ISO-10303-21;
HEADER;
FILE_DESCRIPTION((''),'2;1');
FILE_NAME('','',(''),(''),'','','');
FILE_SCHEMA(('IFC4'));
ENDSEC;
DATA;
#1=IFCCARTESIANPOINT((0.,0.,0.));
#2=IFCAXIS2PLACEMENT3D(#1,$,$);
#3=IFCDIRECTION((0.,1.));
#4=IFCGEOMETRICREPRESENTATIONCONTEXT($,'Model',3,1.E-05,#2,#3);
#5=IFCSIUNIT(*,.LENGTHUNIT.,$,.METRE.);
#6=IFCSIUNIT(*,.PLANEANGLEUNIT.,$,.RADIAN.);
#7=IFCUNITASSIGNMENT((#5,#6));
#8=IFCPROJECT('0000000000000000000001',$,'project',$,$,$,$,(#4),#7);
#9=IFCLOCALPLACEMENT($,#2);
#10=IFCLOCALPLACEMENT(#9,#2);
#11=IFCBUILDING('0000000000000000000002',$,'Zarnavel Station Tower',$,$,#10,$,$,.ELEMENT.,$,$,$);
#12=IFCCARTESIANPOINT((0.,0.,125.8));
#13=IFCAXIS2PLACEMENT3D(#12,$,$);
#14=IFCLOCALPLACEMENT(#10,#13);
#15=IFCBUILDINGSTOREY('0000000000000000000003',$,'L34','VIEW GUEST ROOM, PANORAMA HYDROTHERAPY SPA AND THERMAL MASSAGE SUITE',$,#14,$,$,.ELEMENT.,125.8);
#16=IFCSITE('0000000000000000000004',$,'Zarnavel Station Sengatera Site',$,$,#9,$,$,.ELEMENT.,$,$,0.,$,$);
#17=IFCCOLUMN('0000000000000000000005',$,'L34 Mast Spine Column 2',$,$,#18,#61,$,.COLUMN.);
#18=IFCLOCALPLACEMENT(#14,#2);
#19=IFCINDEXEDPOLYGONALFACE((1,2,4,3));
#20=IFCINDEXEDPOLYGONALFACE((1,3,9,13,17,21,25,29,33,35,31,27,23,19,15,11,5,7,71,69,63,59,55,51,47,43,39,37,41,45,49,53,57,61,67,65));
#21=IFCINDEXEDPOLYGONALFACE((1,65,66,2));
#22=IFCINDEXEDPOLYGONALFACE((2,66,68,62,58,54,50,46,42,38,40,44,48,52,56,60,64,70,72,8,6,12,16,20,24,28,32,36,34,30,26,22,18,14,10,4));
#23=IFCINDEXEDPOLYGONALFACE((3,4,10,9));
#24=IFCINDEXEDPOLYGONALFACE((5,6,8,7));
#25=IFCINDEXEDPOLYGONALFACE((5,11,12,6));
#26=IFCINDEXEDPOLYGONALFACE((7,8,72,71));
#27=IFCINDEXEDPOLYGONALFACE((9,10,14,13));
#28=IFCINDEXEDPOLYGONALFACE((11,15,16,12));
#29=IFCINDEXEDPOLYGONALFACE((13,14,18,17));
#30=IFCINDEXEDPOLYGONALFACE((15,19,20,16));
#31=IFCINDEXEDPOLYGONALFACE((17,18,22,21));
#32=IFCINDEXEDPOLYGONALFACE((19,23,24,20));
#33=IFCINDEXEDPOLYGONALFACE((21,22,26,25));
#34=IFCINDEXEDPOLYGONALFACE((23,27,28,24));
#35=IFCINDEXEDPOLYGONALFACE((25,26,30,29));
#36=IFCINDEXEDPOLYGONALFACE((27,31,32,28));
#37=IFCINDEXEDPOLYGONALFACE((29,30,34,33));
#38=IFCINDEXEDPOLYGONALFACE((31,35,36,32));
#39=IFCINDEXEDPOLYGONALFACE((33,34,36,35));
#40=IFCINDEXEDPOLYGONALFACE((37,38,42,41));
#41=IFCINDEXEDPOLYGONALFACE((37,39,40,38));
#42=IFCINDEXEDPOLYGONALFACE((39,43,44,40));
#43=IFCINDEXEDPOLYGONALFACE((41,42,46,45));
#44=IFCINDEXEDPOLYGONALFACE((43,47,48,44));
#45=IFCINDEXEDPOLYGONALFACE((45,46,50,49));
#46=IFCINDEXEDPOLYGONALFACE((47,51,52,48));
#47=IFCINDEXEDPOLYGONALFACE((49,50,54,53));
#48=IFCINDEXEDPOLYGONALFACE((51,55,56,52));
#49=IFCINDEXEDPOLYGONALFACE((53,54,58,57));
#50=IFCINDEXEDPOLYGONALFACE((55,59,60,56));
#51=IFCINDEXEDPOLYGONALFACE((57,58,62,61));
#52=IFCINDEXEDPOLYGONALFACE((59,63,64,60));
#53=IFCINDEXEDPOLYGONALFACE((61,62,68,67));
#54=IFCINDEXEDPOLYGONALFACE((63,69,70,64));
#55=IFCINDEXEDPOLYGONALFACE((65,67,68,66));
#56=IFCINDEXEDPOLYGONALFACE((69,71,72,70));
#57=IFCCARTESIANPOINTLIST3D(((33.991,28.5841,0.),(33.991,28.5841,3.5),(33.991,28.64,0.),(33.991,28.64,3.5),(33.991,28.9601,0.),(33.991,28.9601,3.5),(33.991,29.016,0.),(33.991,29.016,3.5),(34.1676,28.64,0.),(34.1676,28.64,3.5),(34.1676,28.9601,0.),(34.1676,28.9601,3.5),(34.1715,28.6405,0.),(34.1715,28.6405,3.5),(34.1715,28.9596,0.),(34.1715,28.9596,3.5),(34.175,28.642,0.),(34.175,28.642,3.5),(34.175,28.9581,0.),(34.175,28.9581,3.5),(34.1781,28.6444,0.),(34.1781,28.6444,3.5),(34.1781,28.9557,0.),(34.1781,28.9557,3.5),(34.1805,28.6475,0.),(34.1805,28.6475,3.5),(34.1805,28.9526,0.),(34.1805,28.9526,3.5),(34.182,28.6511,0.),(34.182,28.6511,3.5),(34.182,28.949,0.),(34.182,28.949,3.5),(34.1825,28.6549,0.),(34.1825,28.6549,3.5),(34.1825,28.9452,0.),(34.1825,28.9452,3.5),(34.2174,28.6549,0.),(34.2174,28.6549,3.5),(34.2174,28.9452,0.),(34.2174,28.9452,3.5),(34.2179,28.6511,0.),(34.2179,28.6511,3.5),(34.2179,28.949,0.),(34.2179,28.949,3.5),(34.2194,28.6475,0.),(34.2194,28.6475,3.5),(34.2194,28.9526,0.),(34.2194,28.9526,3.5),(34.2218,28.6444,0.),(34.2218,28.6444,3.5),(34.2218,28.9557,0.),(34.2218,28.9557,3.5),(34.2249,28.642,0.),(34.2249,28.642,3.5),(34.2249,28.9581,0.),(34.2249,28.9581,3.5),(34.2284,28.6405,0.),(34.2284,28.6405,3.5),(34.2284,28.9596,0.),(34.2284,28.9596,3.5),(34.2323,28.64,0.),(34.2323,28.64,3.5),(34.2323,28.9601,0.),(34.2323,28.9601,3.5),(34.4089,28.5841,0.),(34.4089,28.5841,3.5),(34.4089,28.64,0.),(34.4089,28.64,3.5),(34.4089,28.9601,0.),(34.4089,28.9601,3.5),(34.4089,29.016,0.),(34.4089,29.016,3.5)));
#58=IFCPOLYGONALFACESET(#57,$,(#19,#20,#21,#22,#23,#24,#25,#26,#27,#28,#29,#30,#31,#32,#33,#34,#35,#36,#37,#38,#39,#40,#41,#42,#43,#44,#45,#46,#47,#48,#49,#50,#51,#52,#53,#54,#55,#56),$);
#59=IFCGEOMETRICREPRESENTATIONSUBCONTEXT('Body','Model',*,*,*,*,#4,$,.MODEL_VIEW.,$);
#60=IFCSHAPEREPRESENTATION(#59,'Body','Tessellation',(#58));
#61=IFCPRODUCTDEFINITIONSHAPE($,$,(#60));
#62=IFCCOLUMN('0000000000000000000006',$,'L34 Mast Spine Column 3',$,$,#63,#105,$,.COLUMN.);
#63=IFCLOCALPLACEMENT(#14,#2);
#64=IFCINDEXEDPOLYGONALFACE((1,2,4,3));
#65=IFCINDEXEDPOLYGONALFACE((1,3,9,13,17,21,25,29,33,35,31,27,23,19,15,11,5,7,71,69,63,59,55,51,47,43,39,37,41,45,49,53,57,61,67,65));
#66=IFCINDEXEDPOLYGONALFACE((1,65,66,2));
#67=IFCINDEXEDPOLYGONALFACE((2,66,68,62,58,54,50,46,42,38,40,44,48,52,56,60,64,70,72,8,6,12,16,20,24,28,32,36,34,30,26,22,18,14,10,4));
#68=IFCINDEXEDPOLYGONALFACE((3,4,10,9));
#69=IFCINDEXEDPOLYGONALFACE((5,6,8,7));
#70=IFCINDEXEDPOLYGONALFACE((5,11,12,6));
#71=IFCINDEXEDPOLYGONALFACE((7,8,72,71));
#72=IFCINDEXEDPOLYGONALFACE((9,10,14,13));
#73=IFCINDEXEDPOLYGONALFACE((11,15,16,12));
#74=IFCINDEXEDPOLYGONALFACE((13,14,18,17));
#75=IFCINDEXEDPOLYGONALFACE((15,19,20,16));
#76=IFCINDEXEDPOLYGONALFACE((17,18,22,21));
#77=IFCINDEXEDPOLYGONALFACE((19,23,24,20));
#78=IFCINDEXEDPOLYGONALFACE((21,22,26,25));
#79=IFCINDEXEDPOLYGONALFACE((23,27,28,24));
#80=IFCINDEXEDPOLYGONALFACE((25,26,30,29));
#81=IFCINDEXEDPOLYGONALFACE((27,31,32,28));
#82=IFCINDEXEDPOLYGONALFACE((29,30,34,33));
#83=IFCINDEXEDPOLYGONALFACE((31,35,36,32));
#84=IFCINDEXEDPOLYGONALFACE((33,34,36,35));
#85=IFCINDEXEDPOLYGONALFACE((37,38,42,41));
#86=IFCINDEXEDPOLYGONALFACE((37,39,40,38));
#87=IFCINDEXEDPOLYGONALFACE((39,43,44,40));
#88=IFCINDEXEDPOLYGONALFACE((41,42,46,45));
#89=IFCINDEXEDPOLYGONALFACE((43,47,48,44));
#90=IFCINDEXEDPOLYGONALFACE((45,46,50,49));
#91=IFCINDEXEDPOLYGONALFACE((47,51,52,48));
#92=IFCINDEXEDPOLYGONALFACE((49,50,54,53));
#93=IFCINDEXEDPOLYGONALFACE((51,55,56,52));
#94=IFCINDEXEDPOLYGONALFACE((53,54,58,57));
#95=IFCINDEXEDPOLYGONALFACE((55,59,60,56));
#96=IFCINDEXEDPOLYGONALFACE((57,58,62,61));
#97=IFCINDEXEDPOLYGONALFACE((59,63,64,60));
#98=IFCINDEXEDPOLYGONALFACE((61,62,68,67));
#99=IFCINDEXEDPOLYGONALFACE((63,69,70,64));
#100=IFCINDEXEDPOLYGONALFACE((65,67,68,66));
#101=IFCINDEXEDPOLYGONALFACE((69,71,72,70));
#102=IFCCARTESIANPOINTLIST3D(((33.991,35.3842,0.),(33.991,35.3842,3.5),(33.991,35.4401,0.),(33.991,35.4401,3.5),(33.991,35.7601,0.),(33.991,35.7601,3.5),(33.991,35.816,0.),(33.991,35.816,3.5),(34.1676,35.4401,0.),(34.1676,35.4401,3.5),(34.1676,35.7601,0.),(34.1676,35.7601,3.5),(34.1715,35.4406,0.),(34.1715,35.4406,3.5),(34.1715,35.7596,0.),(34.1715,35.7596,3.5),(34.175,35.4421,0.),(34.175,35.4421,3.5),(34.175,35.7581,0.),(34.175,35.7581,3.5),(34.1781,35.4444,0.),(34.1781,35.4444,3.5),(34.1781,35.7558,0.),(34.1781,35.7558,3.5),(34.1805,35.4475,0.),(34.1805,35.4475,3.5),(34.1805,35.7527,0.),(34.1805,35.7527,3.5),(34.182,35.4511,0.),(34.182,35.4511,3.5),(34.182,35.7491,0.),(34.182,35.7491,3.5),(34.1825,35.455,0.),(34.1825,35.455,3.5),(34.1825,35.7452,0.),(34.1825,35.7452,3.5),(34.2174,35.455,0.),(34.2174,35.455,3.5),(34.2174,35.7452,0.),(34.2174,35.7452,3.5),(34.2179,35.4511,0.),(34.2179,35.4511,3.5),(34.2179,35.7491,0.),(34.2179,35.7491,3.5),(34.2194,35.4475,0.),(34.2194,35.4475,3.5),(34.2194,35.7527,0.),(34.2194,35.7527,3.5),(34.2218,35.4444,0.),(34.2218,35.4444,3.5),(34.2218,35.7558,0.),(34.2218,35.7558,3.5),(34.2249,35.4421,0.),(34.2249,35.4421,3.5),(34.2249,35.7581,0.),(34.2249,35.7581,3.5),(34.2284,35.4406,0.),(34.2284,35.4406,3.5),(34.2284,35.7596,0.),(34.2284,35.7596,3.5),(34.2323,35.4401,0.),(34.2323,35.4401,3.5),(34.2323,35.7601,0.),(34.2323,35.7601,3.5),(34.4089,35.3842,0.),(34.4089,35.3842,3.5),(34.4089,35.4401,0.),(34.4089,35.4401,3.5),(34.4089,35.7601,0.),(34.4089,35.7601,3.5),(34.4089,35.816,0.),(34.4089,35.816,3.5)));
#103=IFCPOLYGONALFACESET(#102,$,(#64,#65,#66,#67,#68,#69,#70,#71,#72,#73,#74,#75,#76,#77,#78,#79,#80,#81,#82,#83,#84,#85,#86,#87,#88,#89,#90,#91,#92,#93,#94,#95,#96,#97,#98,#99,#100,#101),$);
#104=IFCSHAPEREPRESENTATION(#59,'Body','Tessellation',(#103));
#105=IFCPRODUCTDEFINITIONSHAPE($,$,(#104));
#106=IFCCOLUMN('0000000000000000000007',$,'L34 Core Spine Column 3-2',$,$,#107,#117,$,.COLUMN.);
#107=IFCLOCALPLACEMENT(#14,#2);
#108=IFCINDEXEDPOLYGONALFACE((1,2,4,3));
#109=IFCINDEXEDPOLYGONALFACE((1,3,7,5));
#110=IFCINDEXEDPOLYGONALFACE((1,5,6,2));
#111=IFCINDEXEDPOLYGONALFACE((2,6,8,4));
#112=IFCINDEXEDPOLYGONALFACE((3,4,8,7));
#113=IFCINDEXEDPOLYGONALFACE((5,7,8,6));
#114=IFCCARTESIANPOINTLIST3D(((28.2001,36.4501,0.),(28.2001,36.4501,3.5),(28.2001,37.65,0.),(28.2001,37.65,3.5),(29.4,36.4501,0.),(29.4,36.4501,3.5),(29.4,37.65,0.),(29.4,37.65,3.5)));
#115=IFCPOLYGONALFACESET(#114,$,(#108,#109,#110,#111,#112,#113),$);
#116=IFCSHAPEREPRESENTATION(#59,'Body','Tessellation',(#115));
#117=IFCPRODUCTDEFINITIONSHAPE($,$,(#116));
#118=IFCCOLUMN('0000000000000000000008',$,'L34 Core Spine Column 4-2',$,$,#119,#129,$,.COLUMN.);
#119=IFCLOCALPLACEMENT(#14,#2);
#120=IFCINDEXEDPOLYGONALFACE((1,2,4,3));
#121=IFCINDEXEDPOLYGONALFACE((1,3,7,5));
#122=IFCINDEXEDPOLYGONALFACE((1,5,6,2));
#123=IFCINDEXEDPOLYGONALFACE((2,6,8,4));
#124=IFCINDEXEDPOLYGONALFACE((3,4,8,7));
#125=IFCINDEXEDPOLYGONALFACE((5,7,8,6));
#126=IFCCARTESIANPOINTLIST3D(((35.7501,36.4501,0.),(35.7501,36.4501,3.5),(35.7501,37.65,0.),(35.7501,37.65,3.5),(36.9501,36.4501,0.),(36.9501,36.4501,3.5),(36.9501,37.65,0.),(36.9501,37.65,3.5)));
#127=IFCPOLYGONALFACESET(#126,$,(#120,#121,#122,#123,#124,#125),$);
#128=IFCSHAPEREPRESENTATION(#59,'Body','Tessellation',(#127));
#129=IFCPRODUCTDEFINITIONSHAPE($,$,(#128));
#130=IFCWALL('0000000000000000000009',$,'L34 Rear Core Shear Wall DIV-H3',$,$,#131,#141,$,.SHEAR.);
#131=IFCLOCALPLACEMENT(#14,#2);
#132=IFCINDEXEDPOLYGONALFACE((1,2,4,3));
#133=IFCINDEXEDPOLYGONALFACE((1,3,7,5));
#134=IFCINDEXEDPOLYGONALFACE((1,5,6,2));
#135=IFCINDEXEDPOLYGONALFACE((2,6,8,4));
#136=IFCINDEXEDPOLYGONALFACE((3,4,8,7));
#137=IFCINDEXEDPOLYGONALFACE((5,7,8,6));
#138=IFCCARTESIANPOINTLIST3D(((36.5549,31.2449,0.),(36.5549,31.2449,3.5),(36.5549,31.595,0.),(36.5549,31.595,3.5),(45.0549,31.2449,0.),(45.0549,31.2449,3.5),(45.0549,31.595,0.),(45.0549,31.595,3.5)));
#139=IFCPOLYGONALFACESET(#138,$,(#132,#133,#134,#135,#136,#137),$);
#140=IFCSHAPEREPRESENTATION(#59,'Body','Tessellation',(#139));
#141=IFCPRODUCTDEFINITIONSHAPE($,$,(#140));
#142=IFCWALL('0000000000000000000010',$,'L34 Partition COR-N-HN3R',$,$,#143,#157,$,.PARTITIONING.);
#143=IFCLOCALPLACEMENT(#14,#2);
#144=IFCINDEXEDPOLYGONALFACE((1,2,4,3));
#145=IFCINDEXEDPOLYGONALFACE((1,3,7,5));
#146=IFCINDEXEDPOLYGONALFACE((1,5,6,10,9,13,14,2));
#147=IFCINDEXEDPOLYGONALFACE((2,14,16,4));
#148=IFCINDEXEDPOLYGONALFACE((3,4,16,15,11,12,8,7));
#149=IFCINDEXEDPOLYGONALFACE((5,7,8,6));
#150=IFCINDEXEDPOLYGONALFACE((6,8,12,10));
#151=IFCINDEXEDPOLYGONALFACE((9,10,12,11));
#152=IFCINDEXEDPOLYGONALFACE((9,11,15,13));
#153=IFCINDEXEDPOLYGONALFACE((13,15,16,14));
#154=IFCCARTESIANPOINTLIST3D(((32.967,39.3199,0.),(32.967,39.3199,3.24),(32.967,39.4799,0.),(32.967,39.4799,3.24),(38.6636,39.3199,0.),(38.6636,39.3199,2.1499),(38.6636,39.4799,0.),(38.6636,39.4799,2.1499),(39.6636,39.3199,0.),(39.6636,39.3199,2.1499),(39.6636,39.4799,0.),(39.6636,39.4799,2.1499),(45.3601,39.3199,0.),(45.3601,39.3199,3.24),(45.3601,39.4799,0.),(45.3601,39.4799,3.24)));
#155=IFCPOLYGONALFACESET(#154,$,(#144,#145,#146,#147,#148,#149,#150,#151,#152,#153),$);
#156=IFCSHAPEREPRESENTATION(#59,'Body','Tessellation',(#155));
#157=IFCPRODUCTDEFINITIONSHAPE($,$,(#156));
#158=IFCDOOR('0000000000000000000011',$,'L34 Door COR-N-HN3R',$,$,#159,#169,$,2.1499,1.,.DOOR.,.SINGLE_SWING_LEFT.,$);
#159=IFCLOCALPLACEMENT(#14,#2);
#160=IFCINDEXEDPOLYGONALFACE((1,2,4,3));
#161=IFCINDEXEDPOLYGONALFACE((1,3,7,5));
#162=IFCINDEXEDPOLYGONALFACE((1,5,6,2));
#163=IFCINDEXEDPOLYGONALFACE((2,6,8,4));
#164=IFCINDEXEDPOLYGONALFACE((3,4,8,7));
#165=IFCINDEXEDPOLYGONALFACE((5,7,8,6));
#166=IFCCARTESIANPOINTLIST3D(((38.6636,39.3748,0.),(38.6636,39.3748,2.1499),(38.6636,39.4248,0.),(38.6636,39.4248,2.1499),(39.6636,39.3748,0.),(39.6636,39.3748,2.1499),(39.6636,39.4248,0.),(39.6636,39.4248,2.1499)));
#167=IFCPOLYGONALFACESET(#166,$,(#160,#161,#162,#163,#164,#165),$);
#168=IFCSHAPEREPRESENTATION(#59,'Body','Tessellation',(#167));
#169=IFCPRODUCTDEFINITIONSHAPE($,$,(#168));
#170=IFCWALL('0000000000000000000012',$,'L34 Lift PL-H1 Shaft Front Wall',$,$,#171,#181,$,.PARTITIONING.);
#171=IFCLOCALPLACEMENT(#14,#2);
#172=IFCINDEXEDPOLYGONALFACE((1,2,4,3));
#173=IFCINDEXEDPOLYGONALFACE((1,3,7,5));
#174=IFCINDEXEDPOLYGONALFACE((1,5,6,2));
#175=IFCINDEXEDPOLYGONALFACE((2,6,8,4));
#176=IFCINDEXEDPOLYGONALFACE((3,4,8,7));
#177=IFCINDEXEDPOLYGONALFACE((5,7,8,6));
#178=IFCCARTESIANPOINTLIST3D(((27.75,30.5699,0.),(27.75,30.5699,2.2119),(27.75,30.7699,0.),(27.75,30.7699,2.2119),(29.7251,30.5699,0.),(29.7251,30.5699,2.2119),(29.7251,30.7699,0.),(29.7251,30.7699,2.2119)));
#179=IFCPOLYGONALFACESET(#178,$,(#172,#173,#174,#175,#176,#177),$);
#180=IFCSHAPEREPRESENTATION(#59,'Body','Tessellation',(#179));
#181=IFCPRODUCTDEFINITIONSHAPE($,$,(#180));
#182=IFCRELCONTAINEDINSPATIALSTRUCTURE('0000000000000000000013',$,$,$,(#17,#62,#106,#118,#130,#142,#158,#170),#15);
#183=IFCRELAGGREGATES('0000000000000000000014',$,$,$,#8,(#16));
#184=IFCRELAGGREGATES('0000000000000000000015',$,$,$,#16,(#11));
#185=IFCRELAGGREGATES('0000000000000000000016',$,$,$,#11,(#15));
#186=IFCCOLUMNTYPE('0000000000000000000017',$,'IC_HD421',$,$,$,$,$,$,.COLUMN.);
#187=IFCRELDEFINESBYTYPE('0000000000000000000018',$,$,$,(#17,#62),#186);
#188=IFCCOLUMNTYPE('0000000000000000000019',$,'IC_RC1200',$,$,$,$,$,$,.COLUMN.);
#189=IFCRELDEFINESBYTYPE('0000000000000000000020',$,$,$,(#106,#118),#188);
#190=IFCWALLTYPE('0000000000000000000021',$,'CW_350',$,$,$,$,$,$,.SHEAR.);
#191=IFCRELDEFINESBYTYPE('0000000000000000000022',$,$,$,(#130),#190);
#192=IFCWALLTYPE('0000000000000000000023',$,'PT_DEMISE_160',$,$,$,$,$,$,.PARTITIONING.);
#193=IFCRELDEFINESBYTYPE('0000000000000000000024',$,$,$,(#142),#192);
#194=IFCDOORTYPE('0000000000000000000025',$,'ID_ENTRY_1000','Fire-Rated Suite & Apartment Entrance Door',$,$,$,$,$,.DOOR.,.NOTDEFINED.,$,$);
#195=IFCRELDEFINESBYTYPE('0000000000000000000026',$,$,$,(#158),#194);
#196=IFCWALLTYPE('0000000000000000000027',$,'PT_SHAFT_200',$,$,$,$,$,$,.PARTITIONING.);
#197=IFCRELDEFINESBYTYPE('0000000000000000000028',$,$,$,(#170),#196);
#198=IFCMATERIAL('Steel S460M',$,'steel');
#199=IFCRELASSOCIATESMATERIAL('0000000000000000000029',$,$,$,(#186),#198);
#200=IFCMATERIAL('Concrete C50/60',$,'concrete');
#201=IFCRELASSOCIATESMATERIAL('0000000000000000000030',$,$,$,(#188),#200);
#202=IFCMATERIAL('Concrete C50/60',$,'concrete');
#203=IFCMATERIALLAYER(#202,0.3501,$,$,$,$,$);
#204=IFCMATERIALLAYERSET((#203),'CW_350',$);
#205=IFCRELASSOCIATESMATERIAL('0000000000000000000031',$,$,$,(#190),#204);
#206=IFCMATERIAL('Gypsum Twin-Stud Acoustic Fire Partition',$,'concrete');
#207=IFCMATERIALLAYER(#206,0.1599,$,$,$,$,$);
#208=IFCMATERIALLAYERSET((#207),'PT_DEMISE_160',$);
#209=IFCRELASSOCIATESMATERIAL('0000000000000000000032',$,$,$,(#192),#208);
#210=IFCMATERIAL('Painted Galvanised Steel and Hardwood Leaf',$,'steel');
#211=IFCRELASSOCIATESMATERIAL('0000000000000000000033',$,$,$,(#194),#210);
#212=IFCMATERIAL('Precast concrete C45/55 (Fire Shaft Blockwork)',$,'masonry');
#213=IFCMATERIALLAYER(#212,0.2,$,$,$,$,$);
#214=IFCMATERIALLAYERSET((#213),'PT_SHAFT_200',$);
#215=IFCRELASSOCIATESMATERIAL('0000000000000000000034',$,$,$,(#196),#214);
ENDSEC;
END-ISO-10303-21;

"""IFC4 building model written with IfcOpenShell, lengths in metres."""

from ifc_helpers import new_model, si_unit, direction, frame, frame_2d, origin, origin_2d, place, context, subcontext, project, spatial, rectangle, i_section, extrude, material, layer, layer_set, material_profile, profile_set, type_object, element, fill, save


model = new_model("IFC4")

# Units and contexts
model_context = context("Model", 3, precision=1e-05, world=origin(), true_north=direction((0.0, 1.0)))
body_context = subcontext(model_context, "Body", "Model", "MODEL_VIEW")
ifc_project = project(units=[si_unit("LENGTHUNIT", "METRE"), si_unit("PLANEANGLEUNIT", "RADIAN")], contexts=[model_context])

# Site, building, storey
site_placement = place(None, origin())
site = spatial("IfcSite", under=ifc_project, at=site_placement, Name="Zarnavel Station Sengatera Site", CompositionType="ELEMENT", RefElevation=0.0)
building_placement = place(site_placement, origin())
building = spatial("IfcBuilding", under=site, at=building_placement, Name="Zarnavel Station Tower", CompositionType="ELEMENT")
storey_placement = place(building_placement, frame((0.0, 0.0, 125.8)))
storey = spatial("IfcBuildingStorey", under=building, at=storey_placement, Name="L34", Description="VIEW GUEST ROOM, PANORAMA HYDROTHERAPY SPA AND THERMAL MASSAGE SUITE", CompositionType="ELEMENT", Elevation=125.8)

# Columns
ifc_material_1 = material(Name="Steel S460M", Category="steel")
ifc_material_profile_1 = material_profile(ifc_material_1, i_section(OverallWidth=0.418, OverallDepth=0.4319, WebThickness=0.0349, FlangeThickness=0.0559, FilletRadius=0.0149, at=origin_2d()), Name="HD400x421")
ifc_profile_set_1 = profile_set([ifc_material_profile_1], Name="Steel S460M")
column_type_1 = type_object("IfcColumnType", Name="IC_HD421", PredefinedType="COLUMN", material=ifc_profile_set_1)
for number, where, z_axis, x_axis, name in (
    (1, (34.2, 28.8, 0.0), (0.0, 0.0, 1.0), (1.0, 0.0, 0.0), "L34 Mast Spine Column 2"),
    (2, (34.2, 35.6001, 0.0), (0.0, 0.0, 1.0), (1.0, 0.0, 0.0), "L34 Mast Spine Column 3"),
):
    element("IfcColumn", number, at=place(storey_placement, frame(where, z_axis=z_axis, x_axis=x_axis)), inside=storey, type_object=column_type_1, Name=name, PredefinedType="COLUMN", context=body_context, shape_type="SweptSolid", body=[
        extrude(i_section(OverallWidth=0.418, OverallDepth=0.4319, WebThickness=0.0349, FlangeThickness=0.0559, FilletRadius=0.0149, at=origin_2d()), origin(), (0.0, 0.0, 1.0), 3.5),
    ])
ifc_material_2 = material(Name="Concrete C50/60", Category="concrete")
ifc_material_profile_2 = material_profile(ifc_material_2, rectangle(XDim=1.2, YDim=1.2, at=origin_2d()), Name="RC1200x1200")
ifc_profile_set_2 = profile_set([ifc_material_profile_2], Name="Concrete C50/60")
column_type_2 = type_object("IfcColumnType", Name="IC_RC1200", PredefinedType="COLUMN", material=ifc_profile_set_2)
for number, where, z_axis, x_axis, name in (
    (3, (28.8, 37.05, 0.0), (0.0, 0.0, 1.0), (1.0, 0.0, 0.0), "L34 Core Spine Column 3-2"),
    (4, (36.3501, 37.05, 0.0), (0.0, 0.0, 1.0), (1.0, 0.0, 0.0), "L34 Core Spine Column 4-2"),
):
    element("IfcColumn", number, at=place(storey_placement, frame(where, z_axis=z_axis, x_axis=x_axis)), inside=storey, type_object=column_type_2, Name=name, PredefinedType="COLUMN", context=body_context, shape_type="SweptSolid", body=[
        extrude(rectangle(XDim=1.2, YDim=1.2, at=origin_2d()), origin(), (0.0, 0.0, 1.0), 3.5),
    ])

# Wall
ifc_material_3 = material(Name="Concrete C50/60", Category="concrete")
ifc_layer_1 = layer(ifc_material_3, 0.3501)
ifc_layer_set_1 = layer_set([ifc_layer_1], Name="CW_350")
wall_type_1 = type_object("IfcWallType", Name="CW_350", PredefinedType="SHEAR", material=ifc_layer_set_1)
wall_1_placement = place(storey_placement, frame((36.5549, 31.4199, 0.0), z_axis=(0.0, 0.0, 1.0), x_axis=(1.0, 0.0, 0.0)))
element("IfcWall", 5, at=wall_1_placement, inside=storey, type_object=wall_type_1, Name="L34 Rear Core Shear Wall DIV-H3", PredefinedType="SHEAR", context=body_context, shape_type="SweptSolid", body=[
    extrude(rectangle(XDim=8.5, YDim=0.3501, at=frame_2d((4.25, 0.0))), origin(), (0.0, 0.0, 1.0), 3.5),
])

# Wall, opening, door
ifc_material_4 = material(Name="Gypsum Twin-Stud Acoustic Fire Partition", Category="concrete")
ifc_layer_2 = layer(ifc_material_4, 0.1599)
ifc_layer_set_2 = layer_set([ifc_layer_2], Name="PT_DEMISE_160")
wall_type_2 = type_object("IfcWallType", Name="PT_DEMISE_160", PredefinedType="PARTITIONING", material=ifc_layer_set_2)
wall_2_placement = place(storey_placement, frame((32.967, 39.3999, 0.0), z_axis=(0.0, 0.0, 1.0), x_axis=(1.0, 0.0, 0.0)))
wall_2 = element("IfcWall", 6, at=wall_2_placement, inside=storey, type_object=wall_type_2, Name="L34 Partition COR-N-HN3R", PredefinedType="PARTITIONING", context=body_context, shape_type="SweptSolid", body=[
    extrude(rectangle(XDim=12.3931, YDim=0.1599, at=frame_2d((6.1965, 0.0))), origin(), (0.0, 0.0, 1.0), 3.24),
])
opening_1_placement = place(wall_2_placement, frame((5.6965, 0.0, 0.0)))
opening_1 = element("IfcOpeningElement", 7, at=opening_1_placement, cuts=wall_2, PredefinedType="OPENING", context=body_context, shape_type="SweptSolid", body=[
    extrude(rectangle(XDim=1.0, YDim=2.1499, at=frame_2d((0.5, 1.075))), frame((0.0, 0.0898, 0.0), z_axis=(0.0, -1.0, 0.0), x_axis=(1.0, 0.0, 0.0)), (0.0, 0.0, 1.0), 0.1799),
])
ifc_material_5 = material(Name="Painted Galvanised Steel and Hardwood Leaf", Category="steel")
door_type_1 = type_object("IfcDoorType", Name="ID_ENTRY_1000", Description="Fire-Rated Suite & Apartment Entrance Door", OperationType="NOTDEFINED", PredefinedType="DOOR", material=ifc_material_5)
door_1_placement = place(opening_1_placement, origin())
door_1 = element("IfcDoor", 8, at=door_1_placement, inside=storey, type_object=door_type_1, Name="L34 Door COR-N-HN3R", OperationType="SINGLE_SWING_LEFT", OverallHeight=2.1499, OverallWidth=1.0, PredefinedType="DOOR", context=body_context, shape_type="SweptSolid", body=[
    extrude(rectangle(XDim=1.0, YDim=2.1499, at=frame_2d((0.5, 1.075))), frame((0.0, 0.0249, 0.0), z_axis=(0.0, -1.0, 0.0), x_axis=(1.0, 0.0, 0.0)), (0.0, 0.0, 1.0), 0.05),
])
fill(opening_1, door_1)
ifc_material_6 = material(Name="Precast concrete C45/55 (Fire Shaft Blockwork)", Category="masonry")
ifc_layer_3 = layer(ifc_material_6, 0.2)
ifc_layer_set_3 = layer_set([ifc_layer_3], Name="PT_SHAFT_200")
wall_type_3 = type_object("IfcWallType", Name="PT_SHAFT_200", PredefinedType="PARTITIONING", material=ifc_layer_set_3)

# Wall
wall_3_placement = place(storey_placement, frame((27.75, 30.6699, 0.0), z_axis=(0.0, 0.0, 1.0), x_axis=(1.0, 0.0, 0.0)))
element("IfcWall", 9, at=wall_3_placement, inside=storey, type_object=wall_type_3, Name="L34 Lift PL-H1 Shaft Front Wall", PredefinedType="PARTITIONING", context=body_context, shape_type="SweptSolid", body=[
    extrude(rectangle(XDim=1.9751, YDim=0.2, at=frame_2d((0.9875, 0.0))), origin(), (0.0, 0.0, 1.0), 2.2119),
])

save(model, "model.ifc")
